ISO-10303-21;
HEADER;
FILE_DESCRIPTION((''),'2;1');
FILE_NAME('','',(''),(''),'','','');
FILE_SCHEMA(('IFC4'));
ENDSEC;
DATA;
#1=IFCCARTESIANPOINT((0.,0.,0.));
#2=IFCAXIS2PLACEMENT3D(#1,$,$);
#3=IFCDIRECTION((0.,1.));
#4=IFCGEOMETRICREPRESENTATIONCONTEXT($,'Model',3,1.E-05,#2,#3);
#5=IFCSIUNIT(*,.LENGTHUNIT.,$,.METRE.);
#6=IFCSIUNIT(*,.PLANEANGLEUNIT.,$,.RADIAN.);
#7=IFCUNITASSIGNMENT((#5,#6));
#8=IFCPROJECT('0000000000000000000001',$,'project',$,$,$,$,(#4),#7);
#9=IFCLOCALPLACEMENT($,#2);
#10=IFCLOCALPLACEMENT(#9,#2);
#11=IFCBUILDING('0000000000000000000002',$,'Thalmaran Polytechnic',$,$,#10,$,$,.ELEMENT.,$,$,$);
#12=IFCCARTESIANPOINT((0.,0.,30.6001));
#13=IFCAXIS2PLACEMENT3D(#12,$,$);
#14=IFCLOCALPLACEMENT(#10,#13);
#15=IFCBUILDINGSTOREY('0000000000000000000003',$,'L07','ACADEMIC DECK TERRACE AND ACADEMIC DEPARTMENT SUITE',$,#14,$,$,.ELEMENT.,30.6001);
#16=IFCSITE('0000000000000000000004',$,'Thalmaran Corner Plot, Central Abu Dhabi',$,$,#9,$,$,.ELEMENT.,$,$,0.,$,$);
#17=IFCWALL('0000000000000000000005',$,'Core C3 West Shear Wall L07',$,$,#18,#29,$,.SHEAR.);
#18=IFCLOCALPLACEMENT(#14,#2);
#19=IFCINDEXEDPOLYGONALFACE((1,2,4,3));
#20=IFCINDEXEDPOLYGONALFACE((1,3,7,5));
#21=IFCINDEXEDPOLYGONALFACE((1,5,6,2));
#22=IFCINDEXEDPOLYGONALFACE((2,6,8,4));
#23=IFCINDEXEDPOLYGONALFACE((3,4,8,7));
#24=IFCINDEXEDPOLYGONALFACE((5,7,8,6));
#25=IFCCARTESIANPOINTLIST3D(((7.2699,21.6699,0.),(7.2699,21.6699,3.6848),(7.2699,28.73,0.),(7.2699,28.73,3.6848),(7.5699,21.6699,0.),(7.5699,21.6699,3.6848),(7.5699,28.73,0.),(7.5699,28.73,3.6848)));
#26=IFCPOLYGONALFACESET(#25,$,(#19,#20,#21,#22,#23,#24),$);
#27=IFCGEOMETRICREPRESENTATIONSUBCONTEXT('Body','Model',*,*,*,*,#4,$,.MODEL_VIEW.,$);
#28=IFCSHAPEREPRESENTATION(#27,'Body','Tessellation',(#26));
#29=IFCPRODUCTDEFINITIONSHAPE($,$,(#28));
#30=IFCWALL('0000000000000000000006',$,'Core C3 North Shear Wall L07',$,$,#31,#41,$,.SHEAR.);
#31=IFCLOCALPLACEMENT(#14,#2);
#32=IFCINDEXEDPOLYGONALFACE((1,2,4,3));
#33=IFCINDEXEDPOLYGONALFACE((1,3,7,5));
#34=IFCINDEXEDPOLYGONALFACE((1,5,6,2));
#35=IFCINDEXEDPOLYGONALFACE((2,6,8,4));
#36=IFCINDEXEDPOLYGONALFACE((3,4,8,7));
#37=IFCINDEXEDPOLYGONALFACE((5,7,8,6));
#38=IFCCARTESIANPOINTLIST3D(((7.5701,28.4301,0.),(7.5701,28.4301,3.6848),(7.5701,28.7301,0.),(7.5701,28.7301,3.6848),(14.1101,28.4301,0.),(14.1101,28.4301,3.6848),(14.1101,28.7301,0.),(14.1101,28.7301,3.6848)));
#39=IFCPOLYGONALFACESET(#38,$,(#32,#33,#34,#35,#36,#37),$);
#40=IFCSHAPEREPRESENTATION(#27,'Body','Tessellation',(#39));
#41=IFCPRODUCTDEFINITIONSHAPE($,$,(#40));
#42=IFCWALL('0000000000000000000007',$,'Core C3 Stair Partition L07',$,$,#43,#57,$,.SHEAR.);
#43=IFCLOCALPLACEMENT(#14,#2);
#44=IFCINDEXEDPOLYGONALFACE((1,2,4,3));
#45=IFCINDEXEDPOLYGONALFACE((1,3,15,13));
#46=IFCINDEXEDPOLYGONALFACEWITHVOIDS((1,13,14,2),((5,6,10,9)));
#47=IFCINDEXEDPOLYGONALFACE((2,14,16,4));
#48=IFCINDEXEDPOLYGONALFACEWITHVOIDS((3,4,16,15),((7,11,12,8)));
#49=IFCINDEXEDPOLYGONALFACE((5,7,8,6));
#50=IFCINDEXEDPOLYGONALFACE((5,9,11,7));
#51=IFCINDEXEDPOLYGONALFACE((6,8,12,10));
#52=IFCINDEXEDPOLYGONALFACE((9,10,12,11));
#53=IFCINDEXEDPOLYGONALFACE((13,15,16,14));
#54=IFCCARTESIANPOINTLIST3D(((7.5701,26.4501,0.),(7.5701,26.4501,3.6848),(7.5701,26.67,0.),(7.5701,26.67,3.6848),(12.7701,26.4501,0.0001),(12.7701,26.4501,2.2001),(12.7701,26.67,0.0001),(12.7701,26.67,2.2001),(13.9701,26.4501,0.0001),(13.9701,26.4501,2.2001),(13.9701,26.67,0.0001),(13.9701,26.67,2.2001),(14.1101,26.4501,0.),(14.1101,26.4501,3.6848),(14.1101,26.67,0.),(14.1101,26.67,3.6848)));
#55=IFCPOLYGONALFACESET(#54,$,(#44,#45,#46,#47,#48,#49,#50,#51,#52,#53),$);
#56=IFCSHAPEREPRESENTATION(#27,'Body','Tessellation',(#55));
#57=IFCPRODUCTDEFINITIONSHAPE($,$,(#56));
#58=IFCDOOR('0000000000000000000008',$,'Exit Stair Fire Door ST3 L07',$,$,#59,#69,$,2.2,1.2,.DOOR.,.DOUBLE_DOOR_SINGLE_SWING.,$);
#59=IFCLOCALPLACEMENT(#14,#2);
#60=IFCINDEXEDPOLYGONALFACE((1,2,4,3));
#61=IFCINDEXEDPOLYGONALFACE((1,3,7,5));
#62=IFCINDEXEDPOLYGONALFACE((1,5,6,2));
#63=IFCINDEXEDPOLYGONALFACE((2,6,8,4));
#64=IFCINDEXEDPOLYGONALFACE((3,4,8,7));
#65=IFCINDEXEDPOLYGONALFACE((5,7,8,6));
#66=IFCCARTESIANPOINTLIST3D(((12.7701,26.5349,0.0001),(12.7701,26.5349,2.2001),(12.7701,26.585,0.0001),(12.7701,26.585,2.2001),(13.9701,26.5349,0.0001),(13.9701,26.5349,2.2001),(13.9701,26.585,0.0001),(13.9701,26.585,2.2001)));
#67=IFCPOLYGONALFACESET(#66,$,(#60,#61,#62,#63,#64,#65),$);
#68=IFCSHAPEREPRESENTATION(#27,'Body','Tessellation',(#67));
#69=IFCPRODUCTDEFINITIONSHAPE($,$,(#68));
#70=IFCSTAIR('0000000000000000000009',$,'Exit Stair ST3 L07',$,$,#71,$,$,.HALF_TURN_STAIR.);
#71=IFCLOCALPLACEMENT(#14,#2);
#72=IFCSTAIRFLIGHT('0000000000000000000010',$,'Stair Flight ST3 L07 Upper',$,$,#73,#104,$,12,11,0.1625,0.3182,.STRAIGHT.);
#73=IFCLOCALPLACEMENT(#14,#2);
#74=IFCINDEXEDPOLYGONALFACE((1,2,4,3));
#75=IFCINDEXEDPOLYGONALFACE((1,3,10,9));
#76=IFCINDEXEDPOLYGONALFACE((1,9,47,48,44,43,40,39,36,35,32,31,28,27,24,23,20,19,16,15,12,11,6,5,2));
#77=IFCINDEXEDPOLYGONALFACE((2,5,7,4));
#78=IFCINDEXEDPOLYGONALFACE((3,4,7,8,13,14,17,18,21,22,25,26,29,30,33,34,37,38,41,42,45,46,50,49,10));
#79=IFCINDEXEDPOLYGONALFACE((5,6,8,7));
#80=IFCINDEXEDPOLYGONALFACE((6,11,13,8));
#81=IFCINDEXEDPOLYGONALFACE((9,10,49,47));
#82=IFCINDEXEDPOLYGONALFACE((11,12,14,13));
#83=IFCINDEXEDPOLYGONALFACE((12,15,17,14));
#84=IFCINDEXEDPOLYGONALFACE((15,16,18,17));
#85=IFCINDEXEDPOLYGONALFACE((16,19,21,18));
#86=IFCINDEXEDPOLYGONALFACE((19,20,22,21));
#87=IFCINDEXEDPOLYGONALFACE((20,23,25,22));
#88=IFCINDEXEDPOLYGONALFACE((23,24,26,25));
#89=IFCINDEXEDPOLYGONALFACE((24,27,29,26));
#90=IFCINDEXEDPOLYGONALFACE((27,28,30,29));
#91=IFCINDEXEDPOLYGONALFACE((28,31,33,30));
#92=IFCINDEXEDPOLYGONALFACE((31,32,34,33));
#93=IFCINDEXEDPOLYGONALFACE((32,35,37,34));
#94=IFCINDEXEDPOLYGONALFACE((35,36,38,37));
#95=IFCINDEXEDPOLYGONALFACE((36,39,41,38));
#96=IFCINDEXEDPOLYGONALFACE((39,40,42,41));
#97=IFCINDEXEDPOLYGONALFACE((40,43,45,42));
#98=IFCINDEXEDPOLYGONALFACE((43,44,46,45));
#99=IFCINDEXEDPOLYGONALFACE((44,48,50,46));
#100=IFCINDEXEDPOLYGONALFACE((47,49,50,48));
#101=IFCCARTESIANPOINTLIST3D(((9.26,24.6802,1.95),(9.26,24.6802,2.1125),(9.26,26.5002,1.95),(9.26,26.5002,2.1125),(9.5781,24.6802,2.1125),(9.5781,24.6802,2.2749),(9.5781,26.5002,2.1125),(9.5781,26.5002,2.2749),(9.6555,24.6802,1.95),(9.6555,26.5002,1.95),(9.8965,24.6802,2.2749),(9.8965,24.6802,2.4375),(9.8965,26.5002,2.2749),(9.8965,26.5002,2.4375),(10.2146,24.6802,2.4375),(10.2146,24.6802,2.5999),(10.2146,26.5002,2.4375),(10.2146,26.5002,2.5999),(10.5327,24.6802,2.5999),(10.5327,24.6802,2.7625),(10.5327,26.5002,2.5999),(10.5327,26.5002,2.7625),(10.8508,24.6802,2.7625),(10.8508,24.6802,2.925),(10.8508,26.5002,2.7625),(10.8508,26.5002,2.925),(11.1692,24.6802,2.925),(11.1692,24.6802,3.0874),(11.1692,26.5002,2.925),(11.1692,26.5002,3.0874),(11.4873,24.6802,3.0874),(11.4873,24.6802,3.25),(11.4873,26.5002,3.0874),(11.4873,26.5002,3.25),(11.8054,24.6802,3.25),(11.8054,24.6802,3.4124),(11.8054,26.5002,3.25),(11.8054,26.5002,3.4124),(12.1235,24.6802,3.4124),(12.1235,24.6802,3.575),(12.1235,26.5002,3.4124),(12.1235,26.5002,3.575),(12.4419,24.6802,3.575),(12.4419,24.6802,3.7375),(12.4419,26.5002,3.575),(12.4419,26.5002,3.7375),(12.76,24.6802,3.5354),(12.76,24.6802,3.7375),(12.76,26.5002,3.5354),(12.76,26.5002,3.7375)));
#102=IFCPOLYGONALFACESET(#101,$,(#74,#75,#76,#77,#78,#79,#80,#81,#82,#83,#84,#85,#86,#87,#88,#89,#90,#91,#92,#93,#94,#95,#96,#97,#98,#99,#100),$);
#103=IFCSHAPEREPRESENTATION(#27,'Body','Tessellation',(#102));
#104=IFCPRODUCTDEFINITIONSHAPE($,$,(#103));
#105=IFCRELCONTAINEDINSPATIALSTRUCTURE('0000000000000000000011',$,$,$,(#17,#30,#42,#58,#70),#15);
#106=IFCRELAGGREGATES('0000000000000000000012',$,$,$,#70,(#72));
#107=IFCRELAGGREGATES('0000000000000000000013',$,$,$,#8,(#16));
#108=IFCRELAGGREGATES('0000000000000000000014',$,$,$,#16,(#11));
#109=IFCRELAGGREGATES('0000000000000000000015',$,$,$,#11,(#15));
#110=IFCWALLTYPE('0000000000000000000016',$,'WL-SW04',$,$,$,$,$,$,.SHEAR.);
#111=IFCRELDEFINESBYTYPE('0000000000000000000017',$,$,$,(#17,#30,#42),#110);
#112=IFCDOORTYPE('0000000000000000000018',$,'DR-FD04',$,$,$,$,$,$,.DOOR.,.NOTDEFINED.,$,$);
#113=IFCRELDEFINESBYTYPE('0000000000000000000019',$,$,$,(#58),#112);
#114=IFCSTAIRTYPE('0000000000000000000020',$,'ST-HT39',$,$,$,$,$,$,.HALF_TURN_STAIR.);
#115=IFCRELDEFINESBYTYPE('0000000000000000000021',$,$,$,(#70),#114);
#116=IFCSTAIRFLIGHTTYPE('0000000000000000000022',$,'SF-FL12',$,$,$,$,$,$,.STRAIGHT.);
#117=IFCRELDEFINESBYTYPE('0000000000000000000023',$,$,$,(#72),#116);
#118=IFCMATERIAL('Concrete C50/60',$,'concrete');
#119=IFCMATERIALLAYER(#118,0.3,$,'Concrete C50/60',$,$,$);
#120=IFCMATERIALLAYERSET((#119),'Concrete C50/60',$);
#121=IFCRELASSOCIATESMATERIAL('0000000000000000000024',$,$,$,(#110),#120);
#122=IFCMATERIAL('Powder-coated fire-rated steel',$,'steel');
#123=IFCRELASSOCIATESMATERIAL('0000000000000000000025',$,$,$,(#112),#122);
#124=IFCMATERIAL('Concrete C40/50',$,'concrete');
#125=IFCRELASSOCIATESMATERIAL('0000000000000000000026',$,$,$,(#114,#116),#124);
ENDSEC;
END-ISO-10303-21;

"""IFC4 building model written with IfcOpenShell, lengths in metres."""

from ifc_helpers import new_model, si_unit, direction, frame, frame_2d, origin, place, context, subcontext, project, spatial, polyline, rectangle, outline, extrude, material, layer, layer_set, type_object, element, fill, aggregate, save


model = new_model("IFC4")

# Units and contexts
model_context = context("Model", 3, precision=1e-05, world=origin(), true_north=direction((0.0, 1.0)))
body_context = subcontext(model_context, "Body", "Model", "MODEL_VIEW")
ifc_project = project(units=[si_unit("LENGTHUNIT", "METRE"), si_unit("PLANEANGLEUNIT", "RADIAN")], contexts=[model_context])

# Site, building, storey
site_placement = place(None, origin())
site = spatial("IfcSite", under=ifc_project, at=site_placement, Name="Thalmaran Corner Plot, Central Abu Dhabi", CompositionType="ELEMENT", RefElevation=0.0)
building_placement = place(site_placement, origin())
building = spatial("IfcBuilding", under=site, at=building_placement, Name="Thalmaran Polytechnic", CompositionType="ELEMENT")
storey_placement = place(building_placement, frame((0.0, 0.0, 30.6001)))
storey = spatial("IfcBuildingStorey", under=building, at=storey_placement, Name="L07", Description="ACADEMIC DECK TERRACE AND ACADEMIC DEPARTMENT SUITE", CompositionType="ELEMENT", Elevation=30.6001)

# Shared definitions
ifc_material_1 = material(Name="Concrete C40/50", Category="concrete")

# Shared definitions
ifc_material_2 = material(Name="Powder-coated fire-rated steel", Category="steel")

# Walls
ifc_material_3 = material(Name="Concrete C50/60", Category="concrete")
ifc_layer_1 = layer(ifc_material_3, 0.3, Name="Concrete C50/60")
ifc_layer_set_1 = layer_set([ifc_layer_1], Name="Concrete C50/60")
wall_type_1 = type_object("IfcWallType", Name="WL-SW04", PredefinedType="SHEAR", material=ifc_layer_set_1)
wall_1_placement = place(storey_placement, frame((7.4199, 28.73, 0.0), z_axis=(0.0, 0.0, 1.0), x_axis=(0.0, -1.0, 0.0)))
element("IfcWall", 1, at=wall_1_placement, inside=storey, type_object=wall_type_1, Name="Core C3 West Shear Wall L07", PredefinedType="SHEAR", context=body_context, shape_type="SweptSolid", body=[
    extrude(rectangle(XDim=7.0601, YDim=0.3, at=frame_2d((3.53, 0.0))), origin(), (0.0, 0.0, 1.0), 3.6848),
])
wall_2_placement = place(storey_placement, frame((7.5701, 28.5801, 0.0), z_axis=(0.0, 0.0, 1.0), x_axis=(1.0, 0.0, 0.0)))
element("IfcWall", 2, at=wall_2_placement, inside=storey, type_object=wall_type_1, Name="Core C3 North Shear Wall L07", PredefinedType="SHEAR", context=body_context, shape_type="SweptSolid", body=[
    extrude(rectangle(XDim=6.54, YDim=0.3, at=frame_2d((3.27, 0.0))), origin(), (0.0, 0.0, 1.0), 3.6848),
])

# Wall, opening, door
wall_3_placement = place(storey_placement, frame((7.5701, 26.5601, 0.0), z_axis=(0.0, 0.0, 1.0), x_axis=(1.0, 0.0, 0.0)))
wall_3 = element("IfcWall", 3, at=wall_3_placement, inside=storey, type_object=wall_type_1, Name="Core C3 Stair Partition L07", PredefinedType="SHEAR", context=body_context, shape_type="SweptSolid", body=[
    extrude(rectangle(XDim=6.54, YDim=0.22, at=frame_2d((3.27, 0.0))), origin(), (0.0, 0.0, 1.0), 3.6848),
])
opening_1_placement = place(wall_3_placement, frame((5.2, 0.0, 0.0)))
opening_1 = element("IfcOpeningElement", 4, at=opening_1_placement, cuts=wall_3, PredefinedType="OPENING", context=body_context, shape_type="SweptSolid", body=[
    extrude(rectangle(XDim=1.2, YDim=2.2, at=frame_2d((0.6001, 1.1001))), frame((0.0, 0.1199, 0.0), z_axis=(0.0, -1.0, 0.0), x_axis=(1.0, 0.0, 0.0)), (0.0, 0.0, 1.0), 0.24),
])
door_type_1 = type_object("IfcDoorType", Name="DR-FD04", OperationType="NOTDEFINED", PredefinedType="DOOR", material=ifc_material_2)
door_1_placement = place(opening_1_placement, origin())
door_1 = element("IfcDoor", 5, at=door_1_placement, inside=storey, type_object=door_type_1, Name="Exit Stair Fire Door ST3 L07", OperationType="DOUBLE_DOOR_SINGLE_SWING", OverallHeight=2.2, OverallWidth=1.2, PredefinedType="DOOR", context=body_context, shape_type="SweptSolid", body=[
    extrude(rectangle(XDim=1.2, YDim=2.2, at=frame_2d((0.6001, 1.1001))), frame((0.0, 0.0249, 0.0), z_axis=(0.0, -1.0, 0.0), x_axis=(1.0, 0.0, 0.0)), (0.0, 0.0, 1.0), 0.05),
])
fill(opening_1, door_1)

# Stair, stair flight
stair_type = type_object("IfcStairType", Name="ST-HT39", PredefinedType="HALF_TURN_STAIR", material=ifc_material_1)
stair_placement = place(storey_placement, origin())
stair = element("IfcStair", 6, at=stair_placement, inside=storey, type_object=stair_type, Name="Exit Stair ST3 L07", PredefinedType="HALF_TURN_STAIR")
stair_flight_type = type_object("IfcStairFlightType", Name="SF-FL12", PredefinedType="STRAIGHT", material=ifc_material_1)
stair_flight_placement = place(storey_placement, frame((9.26, 25.5901, 1.95), z_axis=(0.0, 0.0, 1.0), x_axis=(1.0, 0.0, 0.0)))
stair_flight = element("IfcStairFlight", 7, at=stair_flight_placement, type_object=stair_flight_type, Name="Stair Flight ST3 L07 Upper", NumberOfRisers=12, NumberOfTreads=11, PredefinedType="STRAIGHT", RiserHeight=0.1625, TreadLength=0.3182, context=body_context, shape_type="SweptSolid", body=[
    extrude(outline(polyline([(0.0, 0.0), (0.0, 0.1626), (0.3181, 0.1626), (0.3181, 0.325), (0.6365, 0.325), (0.6365, 0.4875), (0.9546, 0.4875), (0.9546, 0.6499), (1.2727, 0.6499), (1.2727, 0.8125), (1.5908, 0.8125), (1.5908, 0.9751), (1.9092, 0.9751), (1.9092, 1.1375), (2.2273, 1.1375), (2.2273, 1.3), (2.5454, 1.3), (2.5454, 1.4624), (2.8635, 1.4624), (2.8635, 1.625), (3.1819, 1.625), (3.1819, 1.7876), (3.5, 1.7876), (3.5, 1.95), (3.5, 1.5854), (0.3955, 0.0), (0.0, 0.0)])), frame((0.0, 0.9102, 0.0), z_axis=(0.0, -1.0, 0.0), x_axis=(1.0, 0.0, 0.0)), (0.0, 0.0, 1.0), 1.8201),
])
aggregate(stair, [stair_flight])

save(model, "model.ifc")
